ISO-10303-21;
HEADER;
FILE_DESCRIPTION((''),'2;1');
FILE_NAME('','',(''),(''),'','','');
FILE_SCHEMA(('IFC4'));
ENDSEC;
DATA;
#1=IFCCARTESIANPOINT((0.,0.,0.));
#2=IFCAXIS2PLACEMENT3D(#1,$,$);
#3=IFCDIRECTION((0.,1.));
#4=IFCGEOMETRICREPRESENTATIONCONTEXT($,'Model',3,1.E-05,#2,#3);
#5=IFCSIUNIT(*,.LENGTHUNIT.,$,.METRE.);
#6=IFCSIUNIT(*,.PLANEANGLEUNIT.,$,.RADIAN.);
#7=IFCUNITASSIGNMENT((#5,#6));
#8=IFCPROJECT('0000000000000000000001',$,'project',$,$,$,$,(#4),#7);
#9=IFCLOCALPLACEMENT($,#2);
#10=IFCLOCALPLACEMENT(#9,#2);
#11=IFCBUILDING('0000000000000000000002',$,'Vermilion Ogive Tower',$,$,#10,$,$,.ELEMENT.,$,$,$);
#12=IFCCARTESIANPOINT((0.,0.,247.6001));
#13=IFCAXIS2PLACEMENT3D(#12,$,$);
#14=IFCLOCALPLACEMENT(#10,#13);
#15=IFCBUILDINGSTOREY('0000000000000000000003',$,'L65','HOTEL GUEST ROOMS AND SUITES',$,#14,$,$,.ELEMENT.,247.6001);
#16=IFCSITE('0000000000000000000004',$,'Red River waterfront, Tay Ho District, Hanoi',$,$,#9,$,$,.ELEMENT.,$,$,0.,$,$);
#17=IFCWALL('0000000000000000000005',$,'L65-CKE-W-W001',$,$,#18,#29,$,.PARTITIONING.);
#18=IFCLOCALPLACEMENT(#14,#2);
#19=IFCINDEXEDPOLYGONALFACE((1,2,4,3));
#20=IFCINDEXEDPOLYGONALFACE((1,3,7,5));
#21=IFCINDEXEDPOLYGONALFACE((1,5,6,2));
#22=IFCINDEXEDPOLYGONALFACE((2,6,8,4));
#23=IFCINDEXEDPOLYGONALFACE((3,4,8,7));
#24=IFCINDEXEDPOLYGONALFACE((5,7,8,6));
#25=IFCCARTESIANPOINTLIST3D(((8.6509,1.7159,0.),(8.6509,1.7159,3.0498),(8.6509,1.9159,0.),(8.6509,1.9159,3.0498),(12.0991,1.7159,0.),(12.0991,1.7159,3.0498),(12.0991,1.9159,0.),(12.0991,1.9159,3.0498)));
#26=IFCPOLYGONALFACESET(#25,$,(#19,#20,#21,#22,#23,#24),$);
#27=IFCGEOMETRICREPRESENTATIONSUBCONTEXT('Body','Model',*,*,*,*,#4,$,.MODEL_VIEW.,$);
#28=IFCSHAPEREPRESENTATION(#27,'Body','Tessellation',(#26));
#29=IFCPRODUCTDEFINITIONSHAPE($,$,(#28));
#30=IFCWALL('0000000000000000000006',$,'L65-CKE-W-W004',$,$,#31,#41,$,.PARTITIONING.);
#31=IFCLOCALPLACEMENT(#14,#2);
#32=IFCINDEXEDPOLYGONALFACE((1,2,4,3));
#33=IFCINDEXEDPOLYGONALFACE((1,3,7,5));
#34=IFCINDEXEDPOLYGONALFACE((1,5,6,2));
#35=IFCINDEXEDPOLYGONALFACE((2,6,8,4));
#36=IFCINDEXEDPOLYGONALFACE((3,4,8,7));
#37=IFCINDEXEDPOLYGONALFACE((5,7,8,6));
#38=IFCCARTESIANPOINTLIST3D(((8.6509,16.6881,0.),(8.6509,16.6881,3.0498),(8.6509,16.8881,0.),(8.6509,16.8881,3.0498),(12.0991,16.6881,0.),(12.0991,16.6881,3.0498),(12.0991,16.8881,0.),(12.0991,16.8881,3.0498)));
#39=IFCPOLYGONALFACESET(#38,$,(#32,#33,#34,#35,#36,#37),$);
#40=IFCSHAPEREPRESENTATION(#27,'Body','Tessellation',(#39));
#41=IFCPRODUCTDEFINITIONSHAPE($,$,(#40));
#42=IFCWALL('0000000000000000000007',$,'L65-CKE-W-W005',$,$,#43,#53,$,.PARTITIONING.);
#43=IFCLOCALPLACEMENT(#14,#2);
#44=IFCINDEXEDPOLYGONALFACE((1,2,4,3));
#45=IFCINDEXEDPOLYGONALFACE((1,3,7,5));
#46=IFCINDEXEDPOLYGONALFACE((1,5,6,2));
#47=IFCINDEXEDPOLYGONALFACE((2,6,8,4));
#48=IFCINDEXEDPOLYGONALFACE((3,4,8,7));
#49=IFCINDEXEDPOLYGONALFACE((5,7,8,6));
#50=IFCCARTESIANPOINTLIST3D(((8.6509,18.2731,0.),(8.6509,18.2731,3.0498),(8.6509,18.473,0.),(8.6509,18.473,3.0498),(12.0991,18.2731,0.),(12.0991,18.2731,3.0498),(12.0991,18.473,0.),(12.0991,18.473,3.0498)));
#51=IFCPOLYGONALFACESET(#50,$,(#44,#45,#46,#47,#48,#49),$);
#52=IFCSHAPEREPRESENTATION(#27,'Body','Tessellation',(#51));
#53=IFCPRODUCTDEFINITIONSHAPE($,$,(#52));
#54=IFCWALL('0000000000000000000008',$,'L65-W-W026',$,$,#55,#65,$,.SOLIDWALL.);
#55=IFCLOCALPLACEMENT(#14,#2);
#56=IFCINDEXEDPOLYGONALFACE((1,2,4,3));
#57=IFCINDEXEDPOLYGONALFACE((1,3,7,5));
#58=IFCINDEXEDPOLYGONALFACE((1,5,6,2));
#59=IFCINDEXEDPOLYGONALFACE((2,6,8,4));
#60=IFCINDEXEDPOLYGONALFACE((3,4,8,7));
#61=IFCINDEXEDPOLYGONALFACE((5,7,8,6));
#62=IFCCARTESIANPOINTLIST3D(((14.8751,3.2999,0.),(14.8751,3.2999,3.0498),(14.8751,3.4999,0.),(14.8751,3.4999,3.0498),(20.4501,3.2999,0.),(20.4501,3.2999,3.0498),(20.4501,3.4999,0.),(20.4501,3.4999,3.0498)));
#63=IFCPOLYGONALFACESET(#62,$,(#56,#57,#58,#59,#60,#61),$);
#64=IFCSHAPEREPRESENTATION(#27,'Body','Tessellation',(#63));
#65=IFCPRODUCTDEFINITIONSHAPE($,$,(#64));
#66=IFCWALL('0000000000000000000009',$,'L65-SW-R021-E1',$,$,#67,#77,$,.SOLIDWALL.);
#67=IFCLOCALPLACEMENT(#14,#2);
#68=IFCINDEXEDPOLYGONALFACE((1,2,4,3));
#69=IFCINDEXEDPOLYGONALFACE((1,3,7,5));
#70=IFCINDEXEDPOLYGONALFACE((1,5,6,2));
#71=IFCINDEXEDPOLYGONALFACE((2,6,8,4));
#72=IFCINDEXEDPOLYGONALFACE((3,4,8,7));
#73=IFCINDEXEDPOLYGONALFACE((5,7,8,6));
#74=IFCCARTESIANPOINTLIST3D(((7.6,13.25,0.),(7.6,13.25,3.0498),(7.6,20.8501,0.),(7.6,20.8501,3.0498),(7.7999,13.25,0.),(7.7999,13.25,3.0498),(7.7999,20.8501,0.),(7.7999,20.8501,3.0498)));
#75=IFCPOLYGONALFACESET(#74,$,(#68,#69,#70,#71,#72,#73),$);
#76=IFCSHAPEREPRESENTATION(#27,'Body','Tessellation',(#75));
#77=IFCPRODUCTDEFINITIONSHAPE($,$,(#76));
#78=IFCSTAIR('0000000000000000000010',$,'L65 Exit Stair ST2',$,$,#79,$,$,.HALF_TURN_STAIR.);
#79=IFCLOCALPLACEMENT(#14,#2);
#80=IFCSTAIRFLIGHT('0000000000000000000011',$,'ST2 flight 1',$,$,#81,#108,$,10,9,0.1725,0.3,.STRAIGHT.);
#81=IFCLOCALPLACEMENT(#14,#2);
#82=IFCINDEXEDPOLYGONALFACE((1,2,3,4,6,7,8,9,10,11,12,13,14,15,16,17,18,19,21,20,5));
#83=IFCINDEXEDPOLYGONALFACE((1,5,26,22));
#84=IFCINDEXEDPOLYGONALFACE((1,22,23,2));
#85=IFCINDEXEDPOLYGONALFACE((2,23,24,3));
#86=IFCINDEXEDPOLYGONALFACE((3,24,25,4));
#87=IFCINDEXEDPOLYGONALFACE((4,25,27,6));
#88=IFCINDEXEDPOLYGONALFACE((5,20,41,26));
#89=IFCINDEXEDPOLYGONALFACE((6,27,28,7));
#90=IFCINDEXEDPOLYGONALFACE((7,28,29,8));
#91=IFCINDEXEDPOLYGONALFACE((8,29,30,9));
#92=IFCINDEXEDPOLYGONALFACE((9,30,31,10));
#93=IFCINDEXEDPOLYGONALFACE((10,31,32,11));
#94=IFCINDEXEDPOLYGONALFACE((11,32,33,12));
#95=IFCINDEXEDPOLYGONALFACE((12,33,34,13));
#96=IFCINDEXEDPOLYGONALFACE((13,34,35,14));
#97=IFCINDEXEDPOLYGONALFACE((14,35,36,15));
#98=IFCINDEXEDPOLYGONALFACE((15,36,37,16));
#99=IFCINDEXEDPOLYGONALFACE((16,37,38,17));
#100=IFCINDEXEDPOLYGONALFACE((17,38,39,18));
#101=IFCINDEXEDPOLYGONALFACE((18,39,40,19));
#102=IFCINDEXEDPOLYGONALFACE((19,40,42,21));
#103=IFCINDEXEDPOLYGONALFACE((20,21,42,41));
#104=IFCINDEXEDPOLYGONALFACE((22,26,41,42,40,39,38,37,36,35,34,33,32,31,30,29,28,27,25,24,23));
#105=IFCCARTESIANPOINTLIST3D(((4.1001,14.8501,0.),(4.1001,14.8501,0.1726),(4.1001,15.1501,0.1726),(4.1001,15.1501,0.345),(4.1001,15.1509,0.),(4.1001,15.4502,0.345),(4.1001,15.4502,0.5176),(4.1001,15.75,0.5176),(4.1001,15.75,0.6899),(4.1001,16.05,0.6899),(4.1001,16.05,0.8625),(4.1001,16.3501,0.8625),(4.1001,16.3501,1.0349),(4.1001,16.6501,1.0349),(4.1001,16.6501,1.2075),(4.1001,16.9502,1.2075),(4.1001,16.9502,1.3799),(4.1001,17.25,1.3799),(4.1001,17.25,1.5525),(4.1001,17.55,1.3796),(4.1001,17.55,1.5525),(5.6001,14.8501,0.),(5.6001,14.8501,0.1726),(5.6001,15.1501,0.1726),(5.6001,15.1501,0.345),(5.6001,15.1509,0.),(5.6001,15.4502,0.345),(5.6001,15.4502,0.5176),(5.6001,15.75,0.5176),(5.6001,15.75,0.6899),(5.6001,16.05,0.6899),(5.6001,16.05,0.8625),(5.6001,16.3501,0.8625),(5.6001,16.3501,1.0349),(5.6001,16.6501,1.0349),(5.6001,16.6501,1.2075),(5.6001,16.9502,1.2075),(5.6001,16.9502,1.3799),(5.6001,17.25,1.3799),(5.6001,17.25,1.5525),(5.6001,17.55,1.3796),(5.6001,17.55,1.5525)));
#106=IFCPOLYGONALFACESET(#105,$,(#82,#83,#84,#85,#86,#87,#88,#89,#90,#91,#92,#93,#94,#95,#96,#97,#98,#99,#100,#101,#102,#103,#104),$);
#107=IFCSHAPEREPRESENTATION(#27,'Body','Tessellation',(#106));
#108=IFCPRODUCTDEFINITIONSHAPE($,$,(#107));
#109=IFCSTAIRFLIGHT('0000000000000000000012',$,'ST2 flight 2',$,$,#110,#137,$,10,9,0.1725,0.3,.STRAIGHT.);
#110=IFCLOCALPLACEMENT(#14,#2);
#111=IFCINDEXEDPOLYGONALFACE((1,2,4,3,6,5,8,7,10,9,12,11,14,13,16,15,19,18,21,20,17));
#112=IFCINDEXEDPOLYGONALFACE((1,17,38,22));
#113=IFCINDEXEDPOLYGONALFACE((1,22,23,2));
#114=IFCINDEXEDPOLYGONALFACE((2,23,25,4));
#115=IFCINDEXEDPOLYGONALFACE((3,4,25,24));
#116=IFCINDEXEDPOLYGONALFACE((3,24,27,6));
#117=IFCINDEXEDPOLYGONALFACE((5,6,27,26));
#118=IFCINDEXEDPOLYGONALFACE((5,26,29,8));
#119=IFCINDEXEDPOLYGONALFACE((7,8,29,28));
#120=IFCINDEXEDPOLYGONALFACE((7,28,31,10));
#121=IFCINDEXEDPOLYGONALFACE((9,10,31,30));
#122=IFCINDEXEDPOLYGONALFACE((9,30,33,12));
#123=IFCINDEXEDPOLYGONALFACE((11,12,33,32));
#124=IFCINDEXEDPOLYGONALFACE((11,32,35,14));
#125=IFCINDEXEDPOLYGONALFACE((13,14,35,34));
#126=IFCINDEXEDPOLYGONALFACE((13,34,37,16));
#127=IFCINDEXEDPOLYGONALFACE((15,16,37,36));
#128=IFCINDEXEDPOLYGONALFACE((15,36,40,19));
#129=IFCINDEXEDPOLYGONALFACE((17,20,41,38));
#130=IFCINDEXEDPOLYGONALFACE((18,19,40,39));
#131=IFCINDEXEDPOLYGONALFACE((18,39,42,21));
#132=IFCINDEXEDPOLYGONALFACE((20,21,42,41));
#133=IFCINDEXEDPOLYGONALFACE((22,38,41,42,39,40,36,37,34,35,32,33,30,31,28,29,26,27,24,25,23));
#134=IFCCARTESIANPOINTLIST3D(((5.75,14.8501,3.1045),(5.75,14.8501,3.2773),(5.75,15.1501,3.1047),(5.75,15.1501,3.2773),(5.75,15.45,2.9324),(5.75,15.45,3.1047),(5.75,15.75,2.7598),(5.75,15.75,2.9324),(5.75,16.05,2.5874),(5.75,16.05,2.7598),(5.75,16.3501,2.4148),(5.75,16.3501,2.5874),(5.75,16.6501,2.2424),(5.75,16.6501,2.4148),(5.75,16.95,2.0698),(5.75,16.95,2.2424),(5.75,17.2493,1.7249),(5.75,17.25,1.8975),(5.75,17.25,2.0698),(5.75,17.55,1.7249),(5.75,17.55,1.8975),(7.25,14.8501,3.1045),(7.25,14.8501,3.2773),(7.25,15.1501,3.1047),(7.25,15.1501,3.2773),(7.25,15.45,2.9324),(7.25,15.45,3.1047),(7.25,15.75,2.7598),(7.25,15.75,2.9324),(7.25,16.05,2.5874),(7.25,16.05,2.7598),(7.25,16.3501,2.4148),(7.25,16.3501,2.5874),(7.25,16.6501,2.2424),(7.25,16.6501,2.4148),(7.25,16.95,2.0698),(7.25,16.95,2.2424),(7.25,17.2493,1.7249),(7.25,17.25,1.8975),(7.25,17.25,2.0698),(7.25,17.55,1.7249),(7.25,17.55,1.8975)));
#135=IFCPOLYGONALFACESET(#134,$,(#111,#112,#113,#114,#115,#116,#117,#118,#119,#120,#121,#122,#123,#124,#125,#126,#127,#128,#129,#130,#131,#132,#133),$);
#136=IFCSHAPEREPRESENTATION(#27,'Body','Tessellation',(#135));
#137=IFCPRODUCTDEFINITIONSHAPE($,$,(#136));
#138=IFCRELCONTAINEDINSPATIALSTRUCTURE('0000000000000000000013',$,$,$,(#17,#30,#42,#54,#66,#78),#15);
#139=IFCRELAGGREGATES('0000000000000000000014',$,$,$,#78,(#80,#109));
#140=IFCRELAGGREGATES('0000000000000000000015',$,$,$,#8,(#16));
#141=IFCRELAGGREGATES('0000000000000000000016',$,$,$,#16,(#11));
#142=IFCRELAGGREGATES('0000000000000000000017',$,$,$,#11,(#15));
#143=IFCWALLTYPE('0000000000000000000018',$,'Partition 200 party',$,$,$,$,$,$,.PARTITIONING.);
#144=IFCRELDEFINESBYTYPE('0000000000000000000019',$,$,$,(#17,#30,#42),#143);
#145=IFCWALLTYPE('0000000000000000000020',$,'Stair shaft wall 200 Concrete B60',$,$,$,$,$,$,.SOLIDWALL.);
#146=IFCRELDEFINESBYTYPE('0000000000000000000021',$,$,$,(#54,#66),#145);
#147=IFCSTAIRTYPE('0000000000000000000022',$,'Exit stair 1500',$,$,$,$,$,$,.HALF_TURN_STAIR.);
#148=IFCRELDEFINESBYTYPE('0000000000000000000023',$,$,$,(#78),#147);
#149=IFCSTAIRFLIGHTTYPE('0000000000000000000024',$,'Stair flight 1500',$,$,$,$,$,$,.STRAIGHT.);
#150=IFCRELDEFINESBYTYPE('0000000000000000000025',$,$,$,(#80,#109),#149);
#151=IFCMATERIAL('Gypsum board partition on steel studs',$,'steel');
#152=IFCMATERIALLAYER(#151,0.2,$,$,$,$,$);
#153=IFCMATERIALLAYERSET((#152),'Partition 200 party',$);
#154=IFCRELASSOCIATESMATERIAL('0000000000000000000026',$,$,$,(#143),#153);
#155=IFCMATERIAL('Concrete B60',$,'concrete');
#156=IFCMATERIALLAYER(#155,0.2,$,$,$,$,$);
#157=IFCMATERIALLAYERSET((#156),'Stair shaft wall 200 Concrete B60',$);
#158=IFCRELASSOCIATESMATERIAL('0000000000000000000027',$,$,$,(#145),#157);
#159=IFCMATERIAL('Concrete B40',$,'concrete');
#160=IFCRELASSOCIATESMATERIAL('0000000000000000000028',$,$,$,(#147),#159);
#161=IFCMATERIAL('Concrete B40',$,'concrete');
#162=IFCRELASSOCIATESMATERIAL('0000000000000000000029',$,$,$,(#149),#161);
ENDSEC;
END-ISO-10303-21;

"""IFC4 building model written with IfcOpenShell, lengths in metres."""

from ifc_helpers import new_model, si_unit, direction, frame, frame_2d, origin, place, context, subcontext, project, spatial, polyline, rectangle, outline, extrude, material, layer, layer_set, type_object, element, aggregate, save


model = new_model("IFC4")

# Units and contexts
model_context = context("Model", 3, precision=1e-05, world=origin(), true_north=direction((0.0, 1.0)))
body_context = subcontext(model_context, "Body", "Model", "MODEL_VIEW")
ifc_project = project(units=[si_unit("LENGTHUNIT", "METRE"), si_unit("PLANEANGLEUNIT", "RADIAN")], contexts=[model_context])

# Site, building, storey
site_placement = place(None, origin())
site = spatial("IfcSite", under=ifc_project, at=site_placement, Name="Red River waterfront, Tay Ho District, Hanoi", CompositionType="ELEMENT", RefElevation=0.0)
building_placement = place(site_placement, origin())
building = spatial("IfcBuilding", under=site, at=building_placement, Name="Vermilion Ogive Tower", CompositionType="ELEMENT")
storey_placement = place(building_placement, frame((0.0, 0.0, 247.6001)))
storey = spatial("IfcBuildingStorey", under=building, at=storey_placement, Name="L65", Description="HOTEL GUEST ROOMS AND SUITES", CompositionType="ELEMENT", Elevation=247.6001)

# Walls
ifc_material_1 = material(Name="Gypsum board partition on steel studs", Category="steel")
ifc_layer_1 = layer(ifc_material_1, 0.2)
ifc_layer_set_1 = layer_set([ifc_layer_1], Name="Partition 200 party")
wall_type_1 = type_object("IfcWallType", Name="Partition 200 party", PredefinedType="PARTITIONING", material=ifc_layer_set_1)
for number, where, z_axis, x_axis, name in (
    (1, (8.6509, 1.8159, 0.0), (0.0, 0.0, 1.0), (1.0, 0.0, 0.0), "L65-CKE-W-W001"),
    (2, (8.6509, 16.7881, 0.0), (0.0, 0.0, 1.0), (1.0, 0.0, 0.0), "L65-CKE-W-W004"),
    (3, (8.6509, 18.373, 0.0), (0.0, 0.0, 1.0), (1.0, 0.0, 0.0), "L65-CKE-W-W005"),
):
    element("IfcWall", number, at=place(storey_placement, frame(where, z_axis=z_axis, x_axis=x_axis)), inside=storey, type_object=wall_type_1, Name=name, PredefinedType="PARTITIONING", context=body_context, shape_type="SweptSolid", body=[
        extrude(rectangle(XDim=3.4482, YDim=0.2, at=frame_2d((1.7241, 0.0))), origin(), (0.0, 0.0, 1.0), 3.0498),
    ])
ifc_material_2 = material(Name="Concrete B60", Category="concrete")
ifc_layer_2 = layer(ifc_material_2, 0.2)
ifc_layer_set_2 = layer_set([ifc_layer_2], Name="Stair shaft wall 200 Concrete B60")
wall_type_2 = type_object("IfcWallType", Name="Stair shaft wall 200 Concrete B60", PredefinedType="SOLIDWALL", material=ifc_layer_set_2)
wall_1_placement = place(storey_placement, frame((14.875, 3.3999, 0.0), z_axis=(0.0, 0.0, 1.0), x_axis=(1.0, 0.0, 0.0)))
element("IfcWall", 4, at=wall_1_placement, inside=storey, type_object=wall_type_2, Name="L65-W-W026", PredefinedType="SOLIDWALL", context=body_context, shape_type="SweptSolid", body=[
    extrude(rectangle(XDim=5.575, YDim=0.2, at=frame_2d((2.7876, 0.0))), origin(), (0.0, 0.0, 1.0), 3.0498),
])
wall_2_placement = place(storey_placement, frame((7.7, 13.25, 0.0), z_axis=(0.0, 0.0, 1.0), x_axis=(0.0, 1.0, 0.0)))
element("IfcWall", 5, at=wall_2_placement, inside=storey, type_object=wall_type_2, Name="L65-SW-R021-E1", PredefinedType="SOLIDWALL", context=body_context, shape_type="SweptSolid", body=[
    extrude(rectangle(XDim=7.6001, YDim=0.2, at=frame_2d((3.8, 0.0))), origin(), (0.0, 0.0, 1.0), 3.0498),
])

# Stair, stair flights
ifc_material_3 = material(Name="Concrete B40", Category="concrete")
stair_type = type_object("IfcStairType", Name="Exit stair 1500", PredefinedType="HALF_TURN_STAIR", material=ifc_material_3)
stair_placement = place(storey_placement, origin())
stair = element("IfcStair", 6, at=stair_placement, inside=storey, type_object=stair_type, Name="L65 Exit Stair ST2", PredefinedType="HALF_TURN_STAIR")
ifc_material_4 = material(Name="Concrete B40", Category="concrete")
stair_flight_type = type_object("IfcStairFlightType", Name="Stair flight 1500", PredefinedType="STRAIGHT", material=ifc_material_4)
stair_flight_1_placement = place(storey_placement, frame((4.8501, 14.8501, 0.0), z_axis=(0.0, 0.0, 1.0), x_axis=(0.0, 1.0, 0.0)))
stair_flight_1 = element("IfcStairFlight", 7, at=stair_flight_1_placement, type_object=stair_flight_type, Name="ST2 flight 1", NumberOfRisers=10, NumberOfTreads=9, PredefinedType="STRAIGHT", RiserHeight=0.1725, TreadLength=0.3, context=body_context, shape_type="SweptSolid", body=[
    extrude(outline(polyline([(0.0, 0.0), (0.0, 0.1726), (0.3, 0.1726), (0.3, 0.345), (0.6001, 0.345), (0.6001, 0.5176), (0.8999, 0.5176), (0.8999, 0.6899), (1.2, 0.6899), (1.2, 0.8625), (1.5, 0.8625), (1.5, 1.0349), (1.8, 1.0349), (1.8, 1.2075), (2.1001, 1.2075), (2.1001, 1.3799), (2.3999, 1.3799), (2.3999, 1.5525), (2.7, 1.5525), (2.7, 1.7251), (2.7, 1.3796), (0.3008, 0.0), (0.0, 0.0)])), frame((0.0, 0.75, 0.0), z_axis=(0.0, -1.0, 0.0), x_axis=(1.0, 0.0, 0.0)), (0.0, 0.0, 1.0), 1.5),
])
stair_flight_2_placement = place(storey_placement, frame((6.5, 17.55, 1.7249), z_axis=(0.0, 0.0, 1.0), x_axis=(0.0, -1.0, 0.0)))
stair_flight_2 = element("IfcStairFlight", 8, at=stair_flight_2_placement, type_object=stair_flight_type, Name="ST2 flight 2", NumberOfRisers=10, NumberOfTreads=9, PredefinedType="STRAIGHT", RiserHeight=0.1725, TreadLength=0.3, context=body_context, shape_type="SweptSolid", body=[
    extrude(outline(polyline([(0.0, 0.0), (0.0, 0.1726), (0.3, 0.1726), (0.3, 0.345), (0.6001, 0.345), (0.6001, 0.5176), (0.8999, 0.5176), (0.8999, 0.6899), (1.2, 0.6899), (1.2, 0.8625), (1.5, 0.8625), (1.5, 1.0349), (1.8, 1.0349), (1.8, 1.2075), (2.1001, 1.2075), (2.1001, 1.3799), (2.3999, 1.3799), (2.3999, 1.5525), (2.7, 1.5525), (2.7, 1.7251), (2.7, 1.3796), (0.3008, 0.0), (0.0, 0.0)])), frame((0.0, 0.75, 0.0), z_axis=(0.0, -1.0, 0.0), x_axis=(1.0, 0.0, 0.0)), (0.0, 0.0, 1.0), 1.5),
])
aggregate(stair, [stair_flight_1, stair_flight_2])

save(model, "model.ifc")
